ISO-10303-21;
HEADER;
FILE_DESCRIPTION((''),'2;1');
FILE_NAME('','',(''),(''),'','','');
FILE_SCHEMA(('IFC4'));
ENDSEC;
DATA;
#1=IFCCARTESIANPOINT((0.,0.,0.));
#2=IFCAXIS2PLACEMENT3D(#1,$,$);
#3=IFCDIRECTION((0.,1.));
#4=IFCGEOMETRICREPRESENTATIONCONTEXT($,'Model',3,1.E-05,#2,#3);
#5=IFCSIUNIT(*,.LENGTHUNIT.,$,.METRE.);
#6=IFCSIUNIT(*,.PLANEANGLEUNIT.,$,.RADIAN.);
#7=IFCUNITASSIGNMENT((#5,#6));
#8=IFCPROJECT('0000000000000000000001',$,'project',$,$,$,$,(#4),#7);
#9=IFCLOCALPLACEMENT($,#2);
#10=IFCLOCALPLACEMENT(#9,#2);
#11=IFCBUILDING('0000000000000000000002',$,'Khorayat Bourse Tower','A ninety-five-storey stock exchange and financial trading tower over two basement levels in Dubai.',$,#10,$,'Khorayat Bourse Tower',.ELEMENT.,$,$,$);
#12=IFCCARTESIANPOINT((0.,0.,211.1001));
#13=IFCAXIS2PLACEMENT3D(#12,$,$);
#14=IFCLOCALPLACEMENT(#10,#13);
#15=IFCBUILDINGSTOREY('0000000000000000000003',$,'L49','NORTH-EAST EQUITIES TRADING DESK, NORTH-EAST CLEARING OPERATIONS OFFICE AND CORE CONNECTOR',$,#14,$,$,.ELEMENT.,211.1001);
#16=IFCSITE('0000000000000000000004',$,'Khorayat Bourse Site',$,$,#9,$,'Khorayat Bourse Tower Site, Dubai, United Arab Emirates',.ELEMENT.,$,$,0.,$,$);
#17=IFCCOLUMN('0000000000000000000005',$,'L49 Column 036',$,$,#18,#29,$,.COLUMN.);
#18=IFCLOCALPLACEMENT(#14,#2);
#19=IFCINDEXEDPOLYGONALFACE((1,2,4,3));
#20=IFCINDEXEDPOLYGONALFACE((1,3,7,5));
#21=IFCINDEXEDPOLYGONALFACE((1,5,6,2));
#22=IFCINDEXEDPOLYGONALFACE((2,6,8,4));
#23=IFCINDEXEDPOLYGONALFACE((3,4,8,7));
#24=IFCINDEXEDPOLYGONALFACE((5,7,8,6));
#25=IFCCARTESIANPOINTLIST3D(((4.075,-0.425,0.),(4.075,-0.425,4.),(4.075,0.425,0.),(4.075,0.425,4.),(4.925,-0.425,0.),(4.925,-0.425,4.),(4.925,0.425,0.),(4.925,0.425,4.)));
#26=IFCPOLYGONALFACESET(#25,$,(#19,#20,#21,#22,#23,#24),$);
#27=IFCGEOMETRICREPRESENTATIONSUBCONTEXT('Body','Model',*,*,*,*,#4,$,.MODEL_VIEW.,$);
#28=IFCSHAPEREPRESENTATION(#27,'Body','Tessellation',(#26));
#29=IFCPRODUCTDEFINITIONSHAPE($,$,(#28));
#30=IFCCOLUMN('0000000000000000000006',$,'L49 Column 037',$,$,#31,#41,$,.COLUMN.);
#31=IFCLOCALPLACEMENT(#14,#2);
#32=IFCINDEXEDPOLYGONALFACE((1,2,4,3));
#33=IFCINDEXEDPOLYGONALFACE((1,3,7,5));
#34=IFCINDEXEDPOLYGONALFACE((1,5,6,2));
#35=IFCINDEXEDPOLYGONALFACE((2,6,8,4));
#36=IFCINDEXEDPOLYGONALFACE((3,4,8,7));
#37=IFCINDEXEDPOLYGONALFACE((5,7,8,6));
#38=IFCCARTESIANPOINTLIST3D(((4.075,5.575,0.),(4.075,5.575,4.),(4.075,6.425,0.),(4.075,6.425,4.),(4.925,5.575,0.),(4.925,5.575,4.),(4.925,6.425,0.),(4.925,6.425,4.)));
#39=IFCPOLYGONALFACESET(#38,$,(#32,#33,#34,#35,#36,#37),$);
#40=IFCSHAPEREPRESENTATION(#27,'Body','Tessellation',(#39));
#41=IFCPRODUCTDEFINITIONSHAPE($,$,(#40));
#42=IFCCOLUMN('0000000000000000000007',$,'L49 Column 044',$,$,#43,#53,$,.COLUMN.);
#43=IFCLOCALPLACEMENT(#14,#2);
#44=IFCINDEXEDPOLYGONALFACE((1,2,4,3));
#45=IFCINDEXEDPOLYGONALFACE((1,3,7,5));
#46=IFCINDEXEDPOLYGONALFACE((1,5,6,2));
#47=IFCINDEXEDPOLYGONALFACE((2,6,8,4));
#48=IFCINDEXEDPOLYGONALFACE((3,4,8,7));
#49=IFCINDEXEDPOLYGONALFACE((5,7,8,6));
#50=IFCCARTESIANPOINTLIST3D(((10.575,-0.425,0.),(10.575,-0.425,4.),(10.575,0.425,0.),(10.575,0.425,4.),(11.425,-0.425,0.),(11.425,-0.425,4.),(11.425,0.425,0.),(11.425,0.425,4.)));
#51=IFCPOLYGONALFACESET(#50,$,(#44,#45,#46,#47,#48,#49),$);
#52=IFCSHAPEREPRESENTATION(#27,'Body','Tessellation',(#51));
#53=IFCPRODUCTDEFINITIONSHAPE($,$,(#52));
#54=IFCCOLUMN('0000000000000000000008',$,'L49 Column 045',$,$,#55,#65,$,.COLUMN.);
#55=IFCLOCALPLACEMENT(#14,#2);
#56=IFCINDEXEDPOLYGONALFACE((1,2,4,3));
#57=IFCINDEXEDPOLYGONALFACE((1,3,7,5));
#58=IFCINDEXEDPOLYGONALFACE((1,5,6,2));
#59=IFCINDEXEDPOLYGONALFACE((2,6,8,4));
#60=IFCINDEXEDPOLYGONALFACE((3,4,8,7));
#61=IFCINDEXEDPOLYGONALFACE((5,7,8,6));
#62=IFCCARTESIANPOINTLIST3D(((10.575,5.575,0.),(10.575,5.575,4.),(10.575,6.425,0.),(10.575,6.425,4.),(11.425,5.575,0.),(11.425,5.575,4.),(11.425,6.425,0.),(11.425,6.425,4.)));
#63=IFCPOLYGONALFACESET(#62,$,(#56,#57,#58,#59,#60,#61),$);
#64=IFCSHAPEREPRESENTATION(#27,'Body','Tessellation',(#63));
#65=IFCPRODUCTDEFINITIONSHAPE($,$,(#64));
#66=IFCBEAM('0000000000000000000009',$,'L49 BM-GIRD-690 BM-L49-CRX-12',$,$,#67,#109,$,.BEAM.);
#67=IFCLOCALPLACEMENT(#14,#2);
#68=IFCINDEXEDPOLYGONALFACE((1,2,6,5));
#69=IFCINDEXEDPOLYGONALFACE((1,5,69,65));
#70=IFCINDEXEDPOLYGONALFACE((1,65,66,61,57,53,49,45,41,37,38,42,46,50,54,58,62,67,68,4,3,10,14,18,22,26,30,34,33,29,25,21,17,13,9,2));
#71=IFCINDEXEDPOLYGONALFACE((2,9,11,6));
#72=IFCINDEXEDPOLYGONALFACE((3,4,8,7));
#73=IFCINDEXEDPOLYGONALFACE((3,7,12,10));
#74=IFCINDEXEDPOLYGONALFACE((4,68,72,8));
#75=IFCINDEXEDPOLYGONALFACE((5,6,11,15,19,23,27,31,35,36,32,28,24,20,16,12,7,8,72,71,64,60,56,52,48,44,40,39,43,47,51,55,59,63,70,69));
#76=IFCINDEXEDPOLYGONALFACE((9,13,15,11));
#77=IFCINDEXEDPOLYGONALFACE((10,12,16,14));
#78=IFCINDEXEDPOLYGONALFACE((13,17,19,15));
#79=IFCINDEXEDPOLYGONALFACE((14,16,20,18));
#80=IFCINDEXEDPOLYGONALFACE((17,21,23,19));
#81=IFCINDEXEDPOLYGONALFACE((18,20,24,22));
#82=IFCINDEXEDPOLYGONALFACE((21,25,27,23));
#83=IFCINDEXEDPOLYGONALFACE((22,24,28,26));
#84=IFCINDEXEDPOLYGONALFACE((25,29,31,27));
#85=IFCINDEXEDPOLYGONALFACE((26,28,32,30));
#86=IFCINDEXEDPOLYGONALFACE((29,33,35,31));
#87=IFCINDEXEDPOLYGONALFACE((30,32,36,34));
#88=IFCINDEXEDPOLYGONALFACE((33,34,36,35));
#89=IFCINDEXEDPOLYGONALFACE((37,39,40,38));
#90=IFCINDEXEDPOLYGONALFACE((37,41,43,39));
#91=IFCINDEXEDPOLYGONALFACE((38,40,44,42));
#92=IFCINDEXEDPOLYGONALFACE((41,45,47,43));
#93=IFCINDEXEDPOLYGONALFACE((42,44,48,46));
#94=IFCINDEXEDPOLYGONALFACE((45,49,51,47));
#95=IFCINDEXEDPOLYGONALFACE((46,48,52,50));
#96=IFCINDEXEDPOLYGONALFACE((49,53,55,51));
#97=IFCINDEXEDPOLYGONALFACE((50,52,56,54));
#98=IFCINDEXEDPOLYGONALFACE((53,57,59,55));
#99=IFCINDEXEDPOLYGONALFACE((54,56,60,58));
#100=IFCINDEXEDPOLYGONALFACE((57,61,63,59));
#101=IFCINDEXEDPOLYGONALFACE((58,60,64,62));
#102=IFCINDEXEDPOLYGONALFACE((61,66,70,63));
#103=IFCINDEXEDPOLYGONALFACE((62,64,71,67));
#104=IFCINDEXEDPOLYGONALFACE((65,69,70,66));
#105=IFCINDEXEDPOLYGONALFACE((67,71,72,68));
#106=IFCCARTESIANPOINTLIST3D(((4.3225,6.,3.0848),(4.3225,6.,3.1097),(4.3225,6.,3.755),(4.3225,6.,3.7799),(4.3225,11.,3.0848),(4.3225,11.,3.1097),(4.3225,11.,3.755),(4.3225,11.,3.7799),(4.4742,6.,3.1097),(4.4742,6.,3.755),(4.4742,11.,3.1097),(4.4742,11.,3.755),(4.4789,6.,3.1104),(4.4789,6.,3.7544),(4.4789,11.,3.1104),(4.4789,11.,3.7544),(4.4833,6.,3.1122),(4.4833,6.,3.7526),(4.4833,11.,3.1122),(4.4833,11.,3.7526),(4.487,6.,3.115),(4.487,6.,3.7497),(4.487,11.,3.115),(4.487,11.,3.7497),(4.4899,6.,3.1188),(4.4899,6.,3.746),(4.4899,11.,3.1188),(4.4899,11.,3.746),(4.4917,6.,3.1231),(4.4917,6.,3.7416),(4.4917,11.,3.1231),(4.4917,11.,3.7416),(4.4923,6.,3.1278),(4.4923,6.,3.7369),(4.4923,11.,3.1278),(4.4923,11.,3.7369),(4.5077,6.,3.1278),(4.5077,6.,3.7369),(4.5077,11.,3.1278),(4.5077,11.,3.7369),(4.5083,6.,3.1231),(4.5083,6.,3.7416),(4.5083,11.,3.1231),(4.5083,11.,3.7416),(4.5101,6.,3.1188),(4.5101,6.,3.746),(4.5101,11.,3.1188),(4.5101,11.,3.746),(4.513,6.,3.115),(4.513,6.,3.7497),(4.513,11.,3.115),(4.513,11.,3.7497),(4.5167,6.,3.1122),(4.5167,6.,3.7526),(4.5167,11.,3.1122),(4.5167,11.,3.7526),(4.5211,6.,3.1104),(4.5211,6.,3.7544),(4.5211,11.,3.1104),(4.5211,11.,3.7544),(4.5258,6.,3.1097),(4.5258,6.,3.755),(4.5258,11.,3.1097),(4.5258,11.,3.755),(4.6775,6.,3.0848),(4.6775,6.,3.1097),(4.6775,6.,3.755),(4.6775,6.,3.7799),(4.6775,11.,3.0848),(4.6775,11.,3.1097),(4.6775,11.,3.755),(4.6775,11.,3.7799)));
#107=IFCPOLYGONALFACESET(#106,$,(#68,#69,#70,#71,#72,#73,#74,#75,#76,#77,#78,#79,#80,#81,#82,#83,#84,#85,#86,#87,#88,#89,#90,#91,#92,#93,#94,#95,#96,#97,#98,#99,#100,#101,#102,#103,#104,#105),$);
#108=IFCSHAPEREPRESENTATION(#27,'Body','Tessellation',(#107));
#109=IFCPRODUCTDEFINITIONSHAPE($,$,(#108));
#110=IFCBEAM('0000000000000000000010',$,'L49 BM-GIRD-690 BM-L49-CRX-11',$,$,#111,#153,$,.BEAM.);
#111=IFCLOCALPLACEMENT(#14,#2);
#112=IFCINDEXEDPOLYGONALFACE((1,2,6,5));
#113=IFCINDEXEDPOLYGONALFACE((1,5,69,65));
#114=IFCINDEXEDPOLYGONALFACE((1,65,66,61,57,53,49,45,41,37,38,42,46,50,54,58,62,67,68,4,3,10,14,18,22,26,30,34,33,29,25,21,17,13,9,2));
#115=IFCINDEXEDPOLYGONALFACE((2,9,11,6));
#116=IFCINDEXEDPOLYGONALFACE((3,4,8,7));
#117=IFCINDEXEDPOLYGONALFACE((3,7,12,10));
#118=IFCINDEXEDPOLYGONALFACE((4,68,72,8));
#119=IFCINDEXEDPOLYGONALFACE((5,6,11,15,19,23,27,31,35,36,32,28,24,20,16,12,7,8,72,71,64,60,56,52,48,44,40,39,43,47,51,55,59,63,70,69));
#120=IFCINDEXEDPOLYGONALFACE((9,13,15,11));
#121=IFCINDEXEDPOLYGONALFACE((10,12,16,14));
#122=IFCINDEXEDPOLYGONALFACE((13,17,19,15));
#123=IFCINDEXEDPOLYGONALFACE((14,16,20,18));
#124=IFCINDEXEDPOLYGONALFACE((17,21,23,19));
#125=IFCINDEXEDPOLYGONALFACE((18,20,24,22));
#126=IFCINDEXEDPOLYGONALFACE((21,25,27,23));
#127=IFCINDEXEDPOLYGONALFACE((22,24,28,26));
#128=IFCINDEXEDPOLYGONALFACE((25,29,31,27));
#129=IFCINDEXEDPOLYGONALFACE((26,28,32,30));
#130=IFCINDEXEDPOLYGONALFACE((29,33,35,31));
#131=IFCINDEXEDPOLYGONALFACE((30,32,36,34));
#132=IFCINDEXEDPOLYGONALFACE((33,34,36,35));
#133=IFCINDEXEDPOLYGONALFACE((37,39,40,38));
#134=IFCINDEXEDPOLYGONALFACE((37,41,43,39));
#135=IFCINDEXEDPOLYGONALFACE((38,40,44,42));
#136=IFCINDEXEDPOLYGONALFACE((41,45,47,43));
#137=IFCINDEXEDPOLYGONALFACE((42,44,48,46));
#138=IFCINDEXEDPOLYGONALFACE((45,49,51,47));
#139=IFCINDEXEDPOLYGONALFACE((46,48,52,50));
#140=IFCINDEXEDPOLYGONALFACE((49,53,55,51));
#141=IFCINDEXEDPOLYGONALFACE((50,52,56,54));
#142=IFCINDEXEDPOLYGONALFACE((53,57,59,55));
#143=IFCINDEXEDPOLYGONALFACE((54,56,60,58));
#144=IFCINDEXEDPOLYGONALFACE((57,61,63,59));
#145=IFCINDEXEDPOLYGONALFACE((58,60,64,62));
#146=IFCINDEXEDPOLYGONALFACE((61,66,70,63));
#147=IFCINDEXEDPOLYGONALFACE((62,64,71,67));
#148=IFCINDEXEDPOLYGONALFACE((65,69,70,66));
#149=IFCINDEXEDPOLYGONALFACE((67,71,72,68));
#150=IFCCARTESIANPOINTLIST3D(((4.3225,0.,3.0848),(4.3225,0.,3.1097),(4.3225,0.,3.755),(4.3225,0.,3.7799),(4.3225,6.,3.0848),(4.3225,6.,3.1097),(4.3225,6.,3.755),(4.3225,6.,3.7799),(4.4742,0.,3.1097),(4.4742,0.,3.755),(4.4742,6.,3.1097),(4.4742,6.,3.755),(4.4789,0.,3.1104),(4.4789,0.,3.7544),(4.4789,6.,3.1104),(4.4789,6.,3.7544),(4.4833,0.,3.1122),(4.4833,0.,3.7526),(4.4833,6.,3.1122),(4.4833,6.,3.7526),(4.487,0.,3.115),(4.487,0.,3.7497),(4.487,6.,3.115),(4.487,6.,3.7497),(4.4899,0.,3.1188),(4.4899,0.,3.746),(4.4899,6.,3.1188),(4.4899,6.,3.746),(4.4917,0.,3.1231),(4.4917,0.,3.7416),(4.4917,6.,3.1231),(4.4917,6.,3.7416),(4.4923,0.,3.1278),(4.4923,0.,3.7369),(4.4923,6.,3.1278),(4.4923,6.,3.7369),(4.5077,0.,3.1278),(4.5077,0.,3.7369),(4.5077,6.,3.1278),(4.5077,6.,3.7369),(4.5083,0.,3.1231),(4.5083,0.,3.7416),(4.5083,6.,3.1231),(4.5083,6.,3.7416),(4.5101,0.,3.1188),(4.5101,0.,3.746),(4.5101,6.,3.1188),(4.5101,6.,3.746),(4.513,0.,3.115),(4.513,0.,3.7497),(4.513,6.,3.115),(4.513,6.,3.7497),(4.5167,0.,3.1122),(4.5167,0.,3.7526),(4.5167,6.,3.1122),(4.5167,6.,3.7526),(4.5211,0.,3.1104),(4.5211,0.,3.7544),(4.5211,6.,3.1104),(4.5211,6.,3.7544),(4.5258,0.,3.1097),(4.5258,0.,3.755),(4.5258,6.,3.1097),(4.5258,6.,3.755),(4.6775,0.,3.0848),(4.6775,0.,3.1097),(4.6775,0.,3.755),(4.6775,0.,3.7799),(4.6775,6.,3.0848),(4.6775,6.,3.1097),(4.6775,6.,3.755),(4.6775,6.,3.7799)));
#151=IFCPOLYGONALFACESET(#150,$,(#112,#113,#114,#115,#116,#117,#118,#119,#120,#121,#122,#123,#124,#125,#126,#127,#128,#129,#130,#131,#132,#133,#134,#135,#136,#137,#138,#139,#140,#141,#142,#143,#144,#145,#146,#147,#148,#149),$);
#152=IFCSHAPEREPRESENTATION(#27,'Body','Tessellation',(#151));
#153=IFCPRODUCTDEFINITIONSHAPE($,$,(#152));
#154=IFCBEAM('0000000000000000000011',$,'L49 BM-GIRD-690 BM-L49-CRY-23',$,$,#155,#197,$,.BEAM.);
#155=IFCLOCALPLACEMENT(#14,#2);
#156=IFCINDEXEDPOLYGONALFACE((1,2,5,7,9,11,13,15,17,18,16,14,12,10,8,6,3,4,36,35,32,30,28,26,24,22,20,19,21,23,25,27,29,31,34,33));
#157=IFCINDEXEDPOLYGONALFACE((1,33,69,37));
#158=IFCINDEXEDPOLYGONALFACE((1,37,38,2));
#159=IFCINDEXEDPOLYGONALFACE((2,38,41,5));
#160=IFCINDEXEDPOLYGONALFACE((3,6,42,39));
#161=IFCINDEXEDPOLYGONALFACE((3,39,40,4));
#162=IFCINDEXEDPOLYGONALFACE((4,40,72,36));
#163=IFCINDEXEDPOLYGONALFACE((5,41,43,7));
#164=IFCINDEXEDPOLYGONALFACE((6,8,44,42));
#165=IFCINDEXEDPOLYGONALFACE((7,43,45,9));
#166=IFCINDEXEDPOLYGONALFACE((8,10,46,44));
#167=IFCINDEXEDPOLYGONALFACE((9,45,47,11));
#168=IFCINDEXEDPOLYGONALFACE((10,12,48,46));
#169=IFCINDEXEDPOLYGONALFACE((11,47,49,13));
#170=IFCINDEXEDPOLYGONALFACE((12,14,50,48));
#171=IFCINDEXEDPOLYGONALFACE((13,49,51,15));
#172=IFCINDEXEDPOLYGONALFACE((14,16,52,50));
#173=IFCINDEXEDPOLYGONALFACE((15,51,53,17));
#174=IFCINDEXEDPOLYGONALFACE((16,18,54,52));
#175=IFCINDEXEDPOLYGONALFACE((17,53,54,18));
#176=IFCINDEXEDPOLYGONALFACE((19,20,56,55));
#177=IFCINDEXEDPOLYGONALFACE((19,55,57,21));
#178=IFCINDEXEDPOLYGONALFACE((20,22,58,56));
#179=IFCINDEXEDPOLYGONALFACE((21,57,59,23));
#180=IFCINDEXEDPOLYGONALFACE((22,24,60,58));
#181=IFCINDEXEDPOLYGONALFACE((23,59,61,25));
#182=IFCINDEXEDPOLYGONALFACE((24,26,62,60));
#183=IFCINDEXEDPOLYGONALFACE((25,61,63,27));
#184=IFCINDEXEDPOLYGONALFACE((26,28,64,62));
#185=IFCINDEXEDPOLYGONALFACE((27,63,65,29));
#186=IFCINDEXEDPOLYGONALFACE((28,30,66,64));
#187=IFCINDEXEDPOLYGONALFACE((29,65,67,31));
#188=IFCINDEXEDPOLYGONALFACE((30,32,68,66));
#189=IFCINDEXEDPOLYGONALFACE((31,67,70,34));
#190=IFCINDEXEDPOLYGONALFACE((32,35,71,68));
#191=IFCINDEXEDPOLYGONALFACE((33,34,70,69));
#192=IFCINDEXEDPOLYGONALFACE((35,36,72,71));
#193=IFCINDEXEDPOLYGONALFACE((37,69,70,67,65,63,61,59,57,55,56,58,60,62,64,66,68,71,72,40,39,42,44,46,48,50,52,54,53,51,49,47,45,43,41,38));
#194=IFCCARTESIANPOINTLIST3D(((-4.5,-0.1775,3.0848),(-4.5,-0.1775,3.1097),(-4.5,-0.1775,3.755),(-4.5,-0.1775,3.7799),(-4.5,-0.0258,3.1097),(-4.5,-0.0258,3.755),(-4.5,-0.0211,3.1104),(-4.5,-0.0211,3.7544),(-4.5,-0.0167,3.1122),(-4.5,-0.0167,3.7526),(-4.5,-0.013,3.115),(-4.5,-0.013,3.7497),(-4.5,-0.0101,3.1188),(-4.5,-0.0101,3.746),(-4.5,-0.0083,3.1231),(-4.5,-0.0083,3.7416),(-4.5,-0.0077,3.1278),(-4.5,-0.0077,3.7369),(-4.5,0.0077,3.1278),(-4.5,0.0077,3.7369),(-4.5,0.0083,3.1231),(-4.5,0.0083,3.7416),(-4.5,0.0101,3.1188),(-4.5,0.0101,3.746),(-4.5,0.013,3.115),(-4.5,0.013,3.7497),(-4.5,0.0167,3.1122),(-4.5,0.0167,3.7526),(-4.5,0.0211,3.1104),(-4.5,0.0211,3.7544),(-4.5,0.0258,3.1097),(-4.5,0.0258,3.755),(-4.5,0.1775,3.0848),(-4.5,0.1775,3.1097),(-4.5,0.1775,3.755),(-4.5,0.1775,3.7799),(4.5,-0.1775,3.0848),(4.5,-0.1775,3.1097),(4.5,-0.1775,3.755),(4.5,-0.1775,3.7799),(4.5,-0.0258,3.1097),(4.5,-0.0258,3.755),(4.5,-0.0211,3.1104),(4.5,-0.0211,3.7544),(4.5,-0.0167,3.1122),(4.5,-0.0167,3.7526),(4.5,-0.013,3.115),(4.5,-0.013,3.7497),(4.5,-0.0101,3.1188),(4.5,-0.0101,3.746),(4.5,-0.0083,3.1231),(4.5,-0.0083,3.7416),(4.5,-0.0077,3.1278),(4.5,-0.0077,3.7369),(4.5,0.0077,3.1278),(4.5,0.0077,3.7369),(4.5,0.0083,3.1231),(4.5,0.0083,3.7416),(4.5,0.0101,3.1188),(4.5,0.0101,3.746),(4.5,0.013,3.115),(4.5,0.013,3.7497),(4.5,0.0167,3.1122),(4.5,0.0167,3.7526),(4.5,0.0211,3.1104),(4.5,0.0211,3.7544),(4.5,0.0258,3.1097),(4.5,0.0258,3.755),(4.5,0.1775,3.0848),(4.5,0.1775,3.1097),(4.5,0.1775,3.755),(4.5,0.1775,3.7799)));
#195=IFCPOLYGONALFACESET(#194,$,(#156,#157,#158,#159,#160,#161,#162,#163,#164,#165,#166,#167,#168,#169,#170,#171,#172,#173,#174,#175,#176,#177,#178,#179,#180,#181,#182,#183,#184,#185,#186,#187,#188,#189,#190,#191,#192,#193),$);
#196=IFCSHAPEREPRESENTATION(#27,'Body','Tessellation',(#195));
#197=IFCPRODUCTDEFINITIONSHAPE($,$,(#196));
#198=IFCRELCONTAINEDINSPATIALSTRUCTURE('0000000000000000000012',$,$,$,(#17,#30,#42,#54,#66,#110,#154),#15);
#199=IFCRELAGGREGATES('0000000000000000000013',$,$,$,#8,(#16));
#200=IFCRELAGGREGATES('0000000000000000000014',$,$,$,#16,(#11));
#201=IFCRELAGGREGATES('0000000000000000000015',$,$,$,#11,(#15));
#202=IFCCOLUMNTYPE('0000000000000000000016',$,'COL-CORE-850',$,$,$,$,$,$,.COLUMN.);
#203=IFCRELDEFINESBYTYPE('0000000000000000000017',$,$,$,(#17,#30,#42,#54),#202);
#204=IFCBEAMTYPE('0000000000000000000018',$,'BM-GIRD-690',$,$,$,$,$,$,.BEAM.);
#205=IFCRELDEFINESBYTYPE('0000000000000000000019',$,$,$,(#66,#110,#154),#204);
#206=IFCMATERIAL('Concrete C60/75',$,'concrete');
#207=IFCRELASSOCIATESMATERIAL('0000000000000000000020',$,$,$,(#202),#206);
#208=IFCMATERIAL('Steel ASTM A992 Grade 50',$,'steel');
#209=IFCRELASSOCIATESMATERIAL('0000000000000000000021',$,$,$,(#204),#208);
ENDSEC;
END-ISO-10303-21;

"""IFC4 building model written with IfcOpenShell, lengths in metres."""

from ifc_helpers import new_model, si_unit, direction, frame, origin, origin_2d, place, context, subcontext, project, spatial, rectangle, i_section, extrude, source, transform, mapped, material, material_profile, profile_set, type_object, element, save


model = new_model("IFC4")

# Units and contexts
model_context = context("Model", 3, precision=1e-05, world=origin(), true_north=direction((0.0, 1.0)))
body_context = subcontext(model_context, "Body", "Model", "MODEL_VIEW")
ifc_project = project(units=[si_unit("LENGTHUNIT", "METRE"), si_unit("PLANEANGLEUNIT", "RADIAN")], contexts=[model_context])

# Site, building, storey
site_placement = place(None, origin())
site = spatial("IfcSite", under=ifc_project, at=site_placement, Name="Khorayat Bourse Site", LongName="Khorayat Bourse Tower Site, Dubai, United Arab Emirates", CompositionType="ELEMENT", RefElevation=0.0)
building_placement = place(site_placement, origin())
building = spatial("IfcBuilding", under=site, at=building_placement, Name="Khorayat Bourse Tower", Description="A ninety-five-storey stock exchange and financial trading tower over two basement levels in Dubai.", LongName="Khorayat Bourse Tower", CompositionType="ELEMENT")
storey_placement = place(building_placement, frame((0.0, 0.0, 211.1001)))
storey = spatial("IfcBuildingStorey", under=building, at=storey_placement, Name="L49", Description="NORTH-EAST EQUITIES TRADING DESK, NORTH-EAST CLEARING OPERATIONS OFFICE AND CORE CONNECTOR", CompositionType="ELEMENT", Elevation=211.1001)

# Columns
ifc_material_1 = material(Name="Concrete C60/75", Category="concrete")
ifc_material_profile_1 = material_profile(ifc_material_1, rectangle(XDim=0.8501, YDim=0.8501, at=origin_2d()), Name="RC 850x850")
ifc_profile_set_1 = profile_set([ifc_material_profile_1], Name="Concrete C60/75")
column_type = type_object("IfcColumnType", Name="COL-CORE-850", PredefinedType="COLUMN", material=ifc_profile_set_1)
shared_shape_1 = source(origin(), body_context, "Body", "SweptSolid", [
    extrude(rectangle(XDim=0.8501, YDim=0.8501, at=origin_2d()), origin(), (0.0, 0.0, 1.0), 4.0),
])
for number, where, z_axis, x_axis, name in (
    (1, (4.5, 0.0, 0.0), (0.0, 0.0, 1.0), (1.0, 0.0, 0.0), "L49 Column 036"),
    (2, (4.5, 6.0, 0.0), (0.0, 0.0, 1.0), (1.0, 0.0, 0.0), "L49 Column 037"),
    (3, (11.0, 0.0, 0.0), (0.0, 0.0, 1.0), (1.0, 0.0, 0.0), "L49 Column 044"),
    (4, (11.0, 6.0, 0.0), (0.0, 0.0, 1.0), (1.0, 0.0, 0.0), "L49 Column 045"),
):
    element("IfcColumn", number, at=place(storey_placement, frame(where, z_axis=z_axis, x_axis=x_axis)), inside=storey, type_object=column_type, Name=name, PredefinedType="COLUMN", context=body_context, shape_type="MappedRepresentation", body=[
        mapped(shared_shape_1, transform((0.0, 0.0, 0.0), scale=1.0)),
    ])

# Beams
ifc_material_2 = material(Name="Steel ASTM A992 Grade 50", Category="steel")
ifc_material_profile_2 = material_profile(ifc_material_2, i_section(OverallWidth=0.355, OverallDepth=0.6951, WebThickness=0.0154, FlangeThickness=0.0249, FilletRadius=0.0181, at=origin_2d()), Name="W690X217")
ifc_profile_set_2 = profile_set([ifc_material_profile_2], Name="Steel ASTM A992 Grade 50")
beam_type_1 = type_object("IfcBeamType", Name="BM-GIRD-690", PredefinedType="BEAM", material=ifc_profile_set_2)
shared_shape_2 = source(origin(), body_context, "Body", "SweptSolid", [
    extrude(i_section(OverallWidth=0.355, OverallDepth=0.6951, WebThickness=0.0154, FlangeThickness=0.0249, FilletRadius=0.0181, at=origin_2d()), origin(), (0.0, 0.0, 1.0), 5.0),
])
beam_1_placement = place(storey_placement, frame((4.5, 6.0, 3.4324), z_axis=(0.0, 1.0, 0.0), x_axis=(-1.0, 0.0, 0.0)))
element("IfcBeam", 5, at=beam_1_placement, inside=storey, type_object=beam_type_1, Name="L49 BM-GIRD-690 BM-L49-CRX-12", PredefinedType="BEAM", context=body_context, shape_type="MappedRepresentation", body=[
    mapped(shared_shape_2, transform((0.0, 0.0, 0.0), scale=1.0)),
])
shared_shape_3 = source(origin(), body_context, "Body", "SweptSolid", [
    extrude(i_section(OverallWidth=0.355, OverallDepth=0.6951, WebThickness=0.0154, FlangeThickness=0.0249, FilletRadius=0.0181, at=origin_2d()), origin(), (0.0, 0.0, 1.0), 6.0),
])
beam_2_placement = place(storey_placement, frame((4.5, 0.0, 3.4324), z_axis=(0.0, 1.0, 0.0), x_axis=(-1.0, 0.0, 0.0)))
element("IfcBeam", 6, at=beam_2_placement, inside=storey, type_object=beam_type_1, Name="L49 BM-GIRD-690 BM-L49-CRX-11", PredefinedType="BEAM", context=body_context, shape_type="MappedRepresentation", body=[
    mapped(shared_shape_3, transform((0.0, 0.0, 0.0), scale=1.0)),
])
shared_shape_4 = source(origin(), body_context, "Body", "SweptSolid", [
    extrude(i_section(OverallWidth=0.355, OverallDepth=0.6951, WebThickness=0.0154, FlangeThickness=0.0249, FilletRadius=0.0181, at=origin_2d()), origin(), (0.0, 0.0, 1.0), 9.0),
])
beam_3_placement = place(storey_placement, frame((-4.5, 0.0, 3.4324), z_axis=(1.0, 0.0, 0.0), x_axis=(0.0, 1.0, 0.0)))
element("IfcBeam", 7, at=beam_3_placement, inside=storey, type_object=beam_type_1, Name="L49 BM-GIRD-690 BM-L49-CRY-23", PredefinedType="BEAM", context=body_context, shape_type="MappedRepresentation", body=[
    mapped(shared_shape_4, transform((0.0, 0.0, 0.0), scale=1.0)),
])

save(model, "model.ifc")
